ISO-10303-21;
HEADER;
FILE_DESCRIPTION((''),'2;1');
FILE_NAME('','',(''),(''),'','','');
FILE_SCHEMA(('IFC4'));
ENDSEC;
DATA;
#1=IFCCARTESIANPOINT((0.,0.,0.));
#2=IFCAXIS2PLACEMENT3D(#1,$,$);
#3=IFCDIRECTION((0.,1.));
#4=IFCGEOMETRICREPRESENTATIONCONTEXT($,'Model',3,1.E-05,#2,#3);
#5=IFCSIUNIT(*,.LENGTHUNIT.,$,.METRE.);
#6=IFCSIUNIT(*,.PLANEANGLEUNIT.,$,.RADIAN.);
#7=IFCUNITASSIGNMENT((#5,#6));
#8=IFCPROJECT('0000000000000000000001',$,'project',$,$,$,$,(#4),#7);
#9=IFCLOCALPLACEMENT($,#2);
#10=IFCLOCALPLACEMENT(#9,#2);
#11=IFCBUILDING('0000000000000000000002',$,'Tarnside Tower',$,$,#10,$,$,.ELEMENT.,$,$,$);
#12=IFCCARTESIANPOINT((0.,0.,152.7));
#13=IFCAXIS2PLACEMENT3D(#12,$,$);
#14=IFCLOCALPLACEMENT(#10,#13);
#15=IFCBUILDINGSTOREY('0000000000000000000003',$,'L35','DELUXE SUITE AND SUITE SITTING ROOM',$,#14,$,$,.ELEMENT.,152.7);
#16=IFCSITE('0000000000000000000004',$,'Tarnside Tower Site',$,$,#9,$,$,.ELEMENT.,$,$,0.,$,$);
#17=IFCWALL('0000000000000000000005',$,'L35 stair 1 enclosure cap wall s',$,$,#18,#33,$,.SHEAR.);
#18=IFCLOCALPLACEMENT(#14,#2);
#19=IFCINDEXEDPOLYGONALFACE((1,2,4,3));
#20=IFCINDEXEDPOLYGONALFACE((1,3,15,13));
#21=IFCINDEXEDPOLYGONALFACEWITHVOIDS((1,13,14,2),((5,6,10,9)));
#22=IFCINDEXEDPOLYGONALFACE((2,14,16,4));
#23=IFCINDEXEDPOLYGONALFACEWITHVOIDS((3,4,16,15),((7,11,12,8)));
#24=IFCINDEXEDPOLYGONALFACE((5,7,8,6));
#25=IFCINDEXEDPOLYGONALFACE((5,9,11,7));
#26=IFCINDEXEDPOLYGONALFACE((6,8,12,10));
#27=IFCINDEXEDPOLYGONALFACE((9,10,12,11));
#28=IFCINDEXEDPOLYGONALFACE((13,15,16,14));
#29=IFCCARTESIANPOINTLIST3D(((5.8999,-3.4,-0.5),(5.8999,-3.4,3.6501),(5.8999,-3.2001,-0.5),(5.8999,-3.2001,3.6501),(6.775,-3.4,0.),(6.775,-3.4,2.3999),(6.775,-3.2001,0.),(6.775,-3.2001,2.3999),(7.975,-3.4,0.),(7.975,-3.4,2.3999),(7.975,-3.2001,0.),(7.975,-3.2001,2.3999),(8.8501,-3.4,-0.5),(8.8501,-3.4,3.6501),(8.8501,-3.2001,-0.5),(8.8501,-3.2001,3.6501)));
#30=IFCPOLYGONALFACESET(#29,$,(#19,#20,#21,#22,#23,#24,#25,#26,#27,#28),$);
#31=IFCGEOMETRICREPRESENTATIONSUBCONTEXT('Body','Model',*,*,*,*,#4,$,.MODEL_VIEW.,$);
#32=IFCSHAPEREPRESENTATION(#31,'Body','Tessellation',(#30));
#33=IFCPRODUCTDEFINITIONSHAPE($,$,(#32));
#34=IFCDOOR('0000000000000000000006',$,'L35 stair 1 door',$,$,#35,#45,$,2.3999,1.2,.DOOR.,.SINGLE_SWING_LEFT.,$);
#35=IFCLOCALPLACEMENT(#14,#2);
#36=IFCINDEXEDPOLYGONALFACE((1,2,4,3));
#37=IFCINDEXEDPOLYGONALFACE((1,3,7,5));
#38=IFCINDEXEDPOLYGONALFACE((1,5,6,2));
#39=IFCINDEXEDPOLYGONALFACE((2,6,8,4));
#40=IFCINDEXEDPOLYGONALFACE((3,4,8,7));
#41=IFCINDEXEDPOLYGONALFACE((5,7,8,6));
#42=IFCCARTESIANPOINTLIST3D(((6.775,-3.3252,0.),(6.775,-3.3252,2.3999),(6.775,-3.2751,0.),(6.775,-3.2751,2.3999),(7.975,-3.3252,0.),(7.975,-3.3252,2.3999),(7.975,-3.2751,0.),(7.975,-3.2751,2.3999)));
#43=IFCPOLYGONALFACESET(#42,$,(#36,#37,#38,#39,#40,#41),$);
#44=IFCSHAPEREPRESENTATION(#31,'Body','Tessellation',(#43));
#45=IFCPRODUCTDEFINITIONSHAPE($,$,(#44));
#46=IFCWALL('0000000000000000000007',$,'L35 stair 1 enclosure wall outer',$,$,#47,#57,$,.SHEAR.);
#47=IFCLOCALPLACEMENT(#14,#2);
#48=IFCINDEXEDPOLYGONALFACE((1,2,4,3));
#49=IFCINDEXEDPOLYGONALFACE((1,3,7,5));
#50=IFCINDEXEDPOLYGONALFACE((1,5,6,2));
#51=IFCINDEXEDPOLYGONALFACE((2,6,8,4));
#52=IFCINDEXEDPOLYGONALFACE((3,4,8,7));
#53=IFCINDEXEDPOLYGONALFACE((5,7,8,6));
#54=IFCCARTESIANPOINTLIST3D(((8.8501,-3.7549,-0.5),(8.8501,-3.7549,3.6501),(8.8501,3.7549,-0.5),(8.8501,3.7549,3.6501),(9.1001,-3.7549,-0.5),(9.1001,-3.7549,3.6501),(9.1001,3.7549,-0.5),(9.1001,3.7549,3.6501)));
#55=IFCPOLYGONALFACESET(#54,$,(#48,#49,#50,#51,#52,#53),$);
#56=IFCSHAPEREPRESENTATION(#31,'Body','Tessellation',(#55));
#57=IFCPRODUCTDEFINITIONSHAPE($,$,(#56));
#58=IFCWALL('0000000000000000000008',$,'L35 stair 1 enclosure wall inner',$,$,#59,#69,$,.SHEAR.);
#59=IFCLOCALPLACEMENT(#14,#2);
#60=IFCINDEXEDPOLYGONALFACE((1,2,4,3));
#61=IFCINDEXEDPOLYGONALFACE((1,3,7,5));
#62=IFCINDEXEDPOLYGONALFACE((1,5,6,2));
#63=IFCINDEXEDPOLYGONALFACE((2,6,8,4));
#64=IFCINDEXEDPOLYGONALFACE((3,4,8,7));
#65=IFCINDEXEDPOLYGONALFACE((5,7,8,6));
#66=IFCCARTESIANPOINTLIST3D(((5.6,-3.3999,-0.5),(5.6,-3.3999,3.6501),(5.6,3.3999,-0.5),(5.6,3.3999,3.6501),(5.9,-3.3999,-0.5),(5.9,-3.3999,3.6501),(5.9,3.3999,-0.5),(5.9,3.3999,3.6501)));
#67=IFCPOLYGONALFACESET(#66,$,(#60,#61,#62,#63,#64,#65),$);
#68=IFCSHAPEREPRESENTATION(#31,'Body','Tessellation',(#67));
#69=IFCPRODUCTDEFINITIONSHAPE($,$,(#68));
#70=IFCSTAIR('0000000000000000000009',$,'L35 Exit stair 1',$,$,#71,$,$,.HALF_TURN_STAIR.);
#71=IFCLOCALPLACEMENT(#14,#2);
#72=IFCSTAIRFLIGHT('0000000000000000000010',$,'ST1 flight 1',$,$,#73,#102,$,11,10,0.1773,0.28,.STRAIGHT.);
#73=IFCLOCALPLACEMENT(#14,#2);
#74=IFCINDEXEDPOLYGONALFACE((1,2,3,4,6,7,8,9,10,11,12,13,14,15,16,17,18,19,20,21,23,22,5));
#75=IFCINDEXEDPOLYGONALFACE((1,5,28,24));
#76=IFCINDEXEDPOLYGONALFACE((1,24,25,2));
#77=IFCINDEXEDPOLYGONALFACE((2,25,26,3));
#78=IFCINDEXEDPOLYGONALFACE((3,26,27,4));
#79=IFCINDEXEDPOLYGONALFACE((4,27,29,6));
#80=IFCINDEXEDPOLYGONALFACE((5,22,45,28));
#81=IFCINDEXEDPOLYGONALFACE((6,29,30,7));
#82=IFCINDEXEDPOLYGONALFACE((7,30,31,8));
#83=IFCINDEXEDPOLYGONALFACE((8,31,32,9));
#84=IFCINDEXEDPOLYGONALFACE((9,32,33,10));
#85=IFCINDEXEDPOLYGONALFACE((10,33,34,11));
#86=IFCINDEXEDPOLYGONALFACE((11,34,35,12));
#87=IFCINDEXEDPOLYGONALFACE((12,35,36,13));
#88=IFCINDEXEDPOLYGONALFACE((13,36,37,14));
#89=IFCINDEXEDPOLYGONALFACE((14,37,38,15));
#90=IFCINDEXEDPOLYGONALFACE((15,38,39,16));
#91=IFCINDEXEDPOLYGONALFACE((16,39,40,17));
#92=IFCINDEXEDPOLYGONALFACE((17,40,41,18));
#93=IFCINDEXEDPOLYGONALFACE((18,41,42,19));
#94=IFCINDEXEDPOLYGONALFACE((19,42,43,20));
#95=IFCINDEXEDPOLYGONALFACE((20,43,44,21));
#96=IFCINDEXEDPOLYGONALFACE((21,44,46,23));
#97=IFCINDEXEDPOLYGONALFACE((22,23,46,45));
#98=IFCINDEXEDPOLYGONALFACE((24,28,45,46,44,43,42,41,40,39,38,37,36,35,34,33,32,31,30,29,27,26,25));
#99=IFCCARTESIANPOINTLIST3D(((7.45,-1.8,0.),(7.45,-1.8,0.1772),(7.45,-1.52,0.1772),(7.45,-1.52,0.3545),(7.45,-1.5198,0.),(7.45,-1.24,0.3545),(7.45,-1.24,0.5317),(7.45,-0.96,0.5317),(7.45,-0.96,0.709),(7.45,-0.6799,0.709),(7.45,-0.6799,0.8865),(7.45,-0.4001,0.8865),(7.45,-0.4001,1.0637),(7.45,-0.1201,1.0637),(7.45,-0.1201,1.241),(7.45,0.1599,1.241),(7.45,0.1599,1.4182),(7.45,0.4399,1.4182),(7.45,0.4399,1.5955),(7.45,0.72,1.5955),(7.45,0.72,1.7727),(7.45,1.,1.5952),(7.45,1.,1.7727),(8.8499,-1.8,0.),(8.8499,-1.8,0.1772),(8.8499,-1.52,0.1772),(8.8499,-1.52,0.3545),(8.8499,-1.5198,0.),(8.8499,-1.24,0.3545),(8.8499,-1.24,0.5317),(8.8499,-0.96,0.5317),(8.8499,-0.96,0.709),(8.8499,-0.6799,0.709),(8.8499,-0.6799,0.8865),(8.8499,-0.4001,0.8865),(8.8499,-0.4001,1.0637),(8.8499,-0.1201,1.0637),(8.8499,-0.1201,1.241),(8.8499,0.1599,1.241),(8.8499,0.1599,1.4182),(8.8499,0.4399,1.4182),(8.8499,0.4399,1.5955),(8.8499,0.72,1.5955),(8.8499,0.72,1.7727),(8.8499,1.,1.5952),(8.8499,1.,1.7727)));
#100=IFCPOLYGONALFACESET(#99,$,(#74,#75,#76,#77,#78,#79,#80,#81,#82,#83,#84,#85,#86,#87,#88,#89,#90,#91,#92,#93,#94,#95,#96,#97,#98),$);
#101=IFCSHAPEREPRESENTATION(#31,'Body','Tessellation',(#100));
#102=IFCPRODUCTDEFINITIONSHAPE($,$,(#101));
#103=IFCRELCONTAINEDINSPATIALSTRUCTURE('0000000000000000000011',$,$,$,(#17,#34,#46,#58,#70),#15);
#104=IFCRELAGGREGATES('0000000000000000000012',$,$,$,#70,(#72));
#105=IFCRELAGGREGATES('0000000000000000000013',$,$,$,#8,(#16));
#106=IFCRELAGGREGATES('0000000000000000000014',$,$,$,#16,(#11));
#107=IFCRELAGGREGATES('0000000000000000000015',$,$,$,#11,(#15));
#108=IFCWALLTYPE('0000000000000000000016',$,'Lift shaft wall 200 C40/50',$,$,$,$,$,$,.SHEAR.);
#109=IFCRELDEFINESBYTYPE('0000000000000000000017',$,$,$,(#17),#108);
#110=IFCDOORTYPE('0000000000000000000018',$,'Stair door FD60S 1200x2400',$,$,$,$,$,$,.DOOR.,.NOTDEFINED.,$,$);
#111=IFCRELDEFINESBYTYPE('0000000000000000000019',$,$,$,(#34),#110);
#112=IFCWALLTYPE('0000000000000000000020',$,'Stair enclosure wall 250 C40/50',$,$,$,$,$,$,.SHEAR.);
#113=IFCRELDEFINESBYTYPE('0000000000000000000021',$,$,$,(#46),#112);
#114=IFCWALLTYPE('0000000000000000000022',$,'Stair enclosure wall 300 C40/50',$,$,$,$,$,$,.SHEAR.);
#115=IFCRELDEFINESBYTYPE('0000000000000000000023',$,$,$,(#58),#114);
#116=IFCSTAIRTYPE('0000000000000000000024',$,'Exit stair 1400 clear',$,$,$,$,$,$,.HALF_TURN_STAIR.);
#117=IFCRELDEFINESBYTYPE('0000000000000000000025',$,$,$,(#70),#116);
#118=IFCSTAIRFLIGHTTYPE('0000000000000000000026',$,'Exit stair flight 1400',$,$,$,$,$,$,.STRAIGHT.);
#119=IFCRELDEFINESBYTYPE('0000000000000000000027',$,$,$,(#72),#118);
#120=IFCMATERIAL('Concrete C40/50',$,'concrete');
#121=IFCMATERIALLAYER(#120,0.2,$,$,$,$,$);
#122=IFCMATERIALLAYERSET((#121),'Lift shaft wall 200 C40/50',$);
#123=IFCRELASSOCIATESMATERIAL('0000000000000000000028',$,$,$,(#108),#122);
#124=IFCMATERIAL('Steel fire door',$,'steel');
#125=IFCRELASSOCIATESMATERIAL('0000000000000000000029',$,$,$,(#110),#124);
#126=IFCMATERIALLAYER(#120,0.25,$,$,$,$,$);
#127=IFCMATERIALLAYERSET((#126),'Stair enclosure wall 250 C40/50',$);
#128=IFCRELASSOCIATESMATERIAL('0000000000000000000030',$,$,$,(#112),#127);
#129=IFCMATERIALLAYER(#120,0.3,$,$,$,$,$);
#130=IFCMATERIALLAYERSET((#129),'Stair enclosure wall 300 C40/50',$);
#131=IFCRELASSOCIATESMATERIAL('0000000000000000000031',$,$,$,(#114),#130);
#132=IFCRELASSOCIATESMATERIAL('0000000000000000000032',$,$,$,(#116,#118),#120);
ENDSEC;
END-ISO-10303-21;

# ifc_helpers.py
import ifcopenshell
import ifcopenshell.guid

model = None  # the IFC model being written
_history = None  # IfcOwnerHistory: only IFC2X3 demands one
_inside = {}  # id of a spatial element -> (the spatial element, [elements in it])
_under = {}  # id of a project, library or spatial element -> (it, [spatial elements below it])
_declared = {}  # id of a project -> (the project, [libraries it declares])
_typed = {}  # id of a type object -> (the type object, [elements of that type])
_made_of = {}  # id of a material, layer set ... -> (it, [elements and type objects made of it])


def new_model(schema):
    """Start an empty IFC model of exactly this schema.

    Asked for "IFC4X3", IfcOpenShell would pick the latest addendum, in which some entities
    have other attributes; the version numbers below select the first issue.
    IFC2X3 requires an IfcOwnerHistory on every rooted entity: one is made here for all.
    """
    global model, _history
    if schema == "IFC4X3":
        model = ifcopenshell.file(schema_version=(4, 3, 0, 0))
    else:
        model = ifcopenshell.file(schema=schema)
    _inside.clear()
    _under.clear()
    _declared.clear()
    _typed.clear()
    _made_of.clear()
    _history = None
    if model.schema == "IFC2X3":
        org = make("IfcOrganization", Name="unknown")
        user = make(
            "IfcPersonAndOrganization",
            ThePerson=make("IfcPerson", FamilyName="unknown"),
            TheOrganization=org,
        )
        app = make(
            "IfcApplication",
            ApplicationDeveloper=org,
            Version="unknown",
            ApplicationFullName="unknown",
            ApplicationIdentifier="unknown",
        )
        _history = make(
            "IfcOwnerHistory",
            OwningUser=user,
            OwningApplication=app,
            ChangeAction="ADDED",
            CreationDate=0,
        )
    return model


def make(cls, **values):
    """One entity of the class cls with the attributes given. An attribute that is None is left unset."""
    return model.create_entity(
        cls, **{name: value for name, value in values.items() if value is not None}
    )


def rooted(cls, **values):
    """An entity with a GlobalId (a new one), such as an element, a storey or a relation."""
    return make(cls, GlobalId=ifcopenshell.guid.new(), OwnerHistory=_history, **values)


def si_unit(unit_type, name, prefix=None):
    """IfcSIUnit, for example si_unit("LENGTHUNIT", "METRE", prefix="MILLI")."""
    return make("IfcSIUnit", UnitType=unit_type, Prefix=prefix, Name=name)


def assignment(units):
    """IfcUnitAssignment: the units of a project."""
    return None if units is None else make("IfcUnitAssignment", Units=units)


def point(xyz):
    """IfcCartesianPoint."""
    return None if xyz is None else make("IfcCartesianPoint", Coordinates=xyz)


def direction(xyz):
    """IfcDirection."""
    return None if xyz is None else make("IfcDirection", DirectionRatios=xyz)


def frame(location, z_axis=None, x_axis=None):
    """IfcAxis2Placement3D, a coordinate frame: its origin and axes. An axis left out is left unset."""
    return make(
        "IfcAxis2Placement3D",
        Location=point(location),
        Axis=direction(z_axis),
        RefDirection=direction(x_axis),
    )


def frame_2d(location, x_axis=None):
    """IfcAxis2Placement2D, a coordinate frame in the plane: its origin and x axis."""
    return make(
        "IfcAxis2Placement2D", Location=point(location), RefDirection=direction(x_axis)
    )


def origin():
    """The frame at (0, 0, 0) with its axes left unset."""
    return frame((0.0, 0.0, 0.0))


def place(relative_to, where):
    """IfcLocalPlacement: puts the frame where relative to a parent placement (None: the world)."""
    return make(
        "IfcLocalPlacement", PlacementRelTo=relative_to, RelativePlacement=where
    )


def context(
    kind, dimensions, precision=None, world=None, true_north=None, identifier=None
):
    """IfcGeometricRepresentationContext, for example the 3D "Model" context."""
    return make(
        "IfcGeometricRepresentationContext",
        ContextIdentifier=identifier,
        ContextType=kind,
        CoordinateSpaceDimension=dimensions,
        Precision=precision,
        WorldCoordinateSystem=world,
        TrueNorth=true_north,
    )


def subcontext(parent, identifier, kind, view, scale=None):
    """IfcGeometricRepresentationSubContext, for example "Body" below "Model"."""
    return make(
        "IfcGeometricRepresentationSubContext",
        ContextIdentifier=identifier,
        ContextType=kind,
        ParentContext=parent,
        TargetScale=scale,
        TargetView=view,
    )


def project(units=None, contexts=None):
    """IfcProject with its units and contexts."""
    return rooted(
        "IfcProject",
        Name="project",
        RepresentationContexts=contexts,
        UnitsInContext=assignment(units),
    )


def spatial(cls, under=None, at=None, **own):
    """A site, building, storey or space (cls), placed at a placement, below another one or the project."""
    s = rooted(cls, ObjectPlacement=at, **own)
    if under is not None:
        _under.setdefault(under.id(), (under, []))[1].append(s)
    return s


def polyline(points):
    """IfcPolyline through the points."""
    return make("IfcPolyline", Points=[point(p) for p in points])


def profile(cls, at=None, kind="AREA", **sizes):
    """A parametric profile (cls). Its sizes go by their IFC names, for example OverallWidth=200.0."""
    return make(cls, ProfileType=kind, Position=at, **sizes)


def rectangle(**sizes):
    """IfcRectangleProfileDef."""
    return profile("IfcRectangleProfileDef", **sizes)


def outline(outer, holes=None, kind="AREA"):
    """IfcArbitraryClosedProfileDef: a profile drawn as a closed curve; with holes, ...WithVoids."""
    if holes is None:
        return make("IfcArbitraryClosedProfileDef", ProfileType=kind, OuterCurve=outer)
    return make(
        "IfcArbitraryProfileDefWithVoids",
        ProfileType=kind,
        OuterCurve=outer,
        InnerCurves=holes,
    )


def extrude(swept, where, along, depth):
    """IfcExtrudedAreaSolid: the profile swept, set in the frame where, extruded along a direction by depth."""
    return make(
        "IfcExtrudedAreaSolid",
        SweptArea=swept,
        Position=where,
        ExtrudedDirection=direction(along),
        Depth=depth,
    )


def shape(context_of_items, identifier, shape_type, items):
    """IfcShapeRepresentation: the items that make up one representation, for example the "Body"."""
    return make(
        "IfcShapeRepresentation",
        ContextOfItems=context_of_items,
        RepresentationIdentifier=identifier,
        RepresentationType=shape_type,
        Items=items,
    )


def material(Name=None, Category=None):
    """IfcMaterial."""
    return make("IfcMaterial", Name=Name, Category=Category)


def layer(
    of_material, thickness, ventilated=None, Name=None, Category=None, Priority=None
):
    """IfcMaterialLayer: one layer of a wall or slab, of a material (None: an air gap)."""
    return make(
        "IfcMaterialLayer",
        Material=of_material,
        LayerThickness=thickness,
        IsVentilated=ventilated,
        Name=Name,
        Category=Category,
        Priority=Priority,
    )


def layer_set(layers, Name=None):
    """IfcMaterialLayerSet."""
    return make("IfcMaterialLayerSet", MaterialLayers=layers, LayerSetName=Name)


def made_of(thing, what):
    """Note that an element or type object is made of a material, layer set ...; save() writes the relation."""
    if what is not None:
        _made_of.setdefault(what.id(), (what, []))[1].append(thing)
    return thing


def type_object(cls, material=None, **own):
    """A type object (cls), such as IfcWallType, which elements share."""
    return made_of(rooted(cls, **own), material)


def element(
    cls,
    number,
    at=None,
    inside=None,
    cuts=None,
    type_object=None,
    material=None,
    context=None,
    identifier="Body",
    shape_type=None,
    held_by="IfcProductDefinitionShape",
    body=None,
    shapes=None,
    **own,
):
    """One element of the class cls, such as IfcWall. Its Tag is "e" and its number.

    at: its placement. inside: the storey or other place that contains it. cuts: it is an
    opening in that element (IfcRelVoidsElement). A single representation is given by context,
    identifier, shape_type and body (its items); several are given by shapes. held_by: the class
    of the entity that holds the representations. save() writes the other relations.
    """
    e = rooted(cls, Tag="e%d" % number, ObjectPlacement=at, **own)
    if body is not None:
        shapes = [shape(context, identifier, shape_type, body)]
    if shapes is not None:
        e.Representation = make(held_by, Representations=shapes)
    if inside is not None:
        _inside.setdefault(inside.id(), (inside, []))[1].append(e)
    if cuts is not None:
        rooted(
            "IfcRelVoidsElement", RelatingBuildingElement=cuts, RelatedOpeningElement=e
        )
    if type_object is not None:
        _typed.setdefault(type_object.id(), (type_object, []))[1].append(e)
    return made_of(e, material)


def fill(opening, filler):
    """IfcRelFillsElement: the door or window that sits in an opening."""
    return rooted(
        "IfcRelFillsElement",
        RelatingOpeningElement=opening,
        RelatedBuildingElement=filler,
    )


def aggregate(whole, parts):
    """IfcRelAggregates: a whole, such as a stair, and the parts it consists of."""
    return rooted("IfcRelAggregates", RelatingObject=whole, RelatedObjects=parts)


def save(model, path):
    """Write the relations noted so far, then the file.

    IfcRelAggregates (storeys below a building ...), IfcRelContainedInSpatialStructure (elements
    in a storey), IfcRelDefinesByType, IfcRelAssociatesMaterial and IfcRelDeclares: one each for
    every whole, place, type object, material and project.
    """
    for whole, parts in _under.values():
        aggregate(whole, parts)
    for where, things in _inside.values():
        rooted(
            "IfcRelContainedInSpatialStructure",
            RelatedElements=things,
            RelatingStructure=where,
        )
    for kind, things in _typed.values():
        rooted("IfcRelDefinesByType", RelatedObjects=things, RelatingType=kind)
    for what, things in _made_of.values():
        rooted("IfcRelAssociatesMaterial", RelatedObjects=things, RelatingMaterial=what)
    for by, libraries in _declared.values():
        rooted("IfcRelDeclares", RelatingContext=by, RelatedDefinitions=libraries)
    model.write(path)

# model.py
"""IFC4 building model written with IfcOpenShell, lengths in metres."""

from ifc_helpers import new_model, si_unit, direction, frame, frame_2d, origin, place, context, subcontext, project, spatial, polyline, rectangle, outline, extrude, material, layer, layer_set, type_object, element, fill, aggregate, save


model = new_model("IFC4")

# Units and contexts
model_context = context("Model", 3, precision=1e-05, world=origin(), true_north=direction((0.0, 1.0)))
body_context = subcontext(model_context, "Body", "Model", "MODEL_VIEW")
ifc_project = project(units=[si_unit("LENGTHUNIT", "METRE"), si_unit("PLANEANGLEUNIT", "RADIAN")], contexts=[model_context])

# Site, building, storey
site_placement = place(None, origin())
site = spatial("IfcSite", under=ifc_project, at=site_placement, Name="Tarnside Tower Site", CompositionType="ELEMENT", RefElevation=0.0)
building_placement = place(site_placement, origin())
building = spatial("IfcBuilding", under=site, at=building_placement, Name="Tarnside Tower", CompositionType="ELEMENT")
storey_placement = place(building_placement, frame((0.0, 0.0, 152.7)))
storey = spatial("IfcBuildingStorey", under=building, at=storey_placement, Name="L35", Description="DELUXE SUITE AND SUITE SITTING ROOM", CompositionType="ELEMENT", Elevation=152.7)

# Shared definitions
ifc_material_1 = material(Name="Steel fire door", Category="steel")
ifc_material_2 = material(Name="Concrete C40/50", Category="concrete")

# Shared definitions
ifc_layer_1 = layer(ifc_material_2, 0.2)
ifc_layer_set_1 = layer_set([ifc_layer_1], Name="Lift shaft wall 200 C40/50")
wall_type_1 = type_object("IfcWallType", Name="Lift shaft wall 200 C40/50", PredefinedType="SHEAR", material=ifc_layer_set_1)

# Wall, opening, door
wall_1_placement = place(storey_placement, frame((5.8999, -3.3, -0.5), z_axis=(0.0, 0.0, 1.0), x_axis=(1.0, 0.0, 0.0)))
wall_1 = element("IfcWall", 1, at=wall_1_placement, inside=storey, type_object=wall_type_1, Name="L35 stair 1 enclosure cap wall s", PredefinedType="SHEAR", context=body_context, shape_type="SweptSolid", body=[
    extrude(rectangle(XDim=2.9502, YDim=0.2, at=frame_2d((1.4751, 0.0))), origin(), (0.0, 0.0, 1.0), 4.1501),
])
opening_1_placement = place(wall_1_placement, frame((0.875, 0.0, 0.5)))
opening_1 = element("IfcOpeningElement", 2, at=opening_1_placement, cuts=wall_1, PredefinedType="OPENING", context=body_context, shape_type="SweptSolid", body=[
    extrude(rectangle(XDim=1.2, YDim=2.3999, at=frame_2d((0.6001, 1.2))), frame((0.0, 0.1099, 0.0), z_axis=(0.0, -1.0, 0.0), x_axis=(1.0, 0.0, 0.0)), (0.0, 0.0, 1.0), 0.22),
])
door_type_1 = type_object("IfcDoorType", Name="Stair door FD60S 1200x2400", OperationType="NOTDEFINED", PredefinedType="DOOR", material=ifc_material_1)
door_1_placement = place(opening_1_placement, origin())
door_1 = element("IfcDoor", 3, at=door_1_placement, inside=storey, type_object=door_type_1, Name="L35 stair 1 door", OperationType="SINGLE_SWING_LEFT", OverallHeight=2.3999, OverallWidth=1.2, PredefinedType="DOOR", context=body_context, shape_type="SweptSolid", body=[
    extrude(rectangle(XDim=1.2, YDim=2.3999, at=frame_2d((0.6001, 1.2))), frame((0.0, 0.0249, 0.0), z_axis=(0.0, -1.0, 0.0), x_axis=(1.0, 0.0, 0.0)), (0.0, 0.0, 1.0), 0.05),
])
fill(opening_1, door_1)

# Walls
ifc_layer_2 = layer(ifc_material_2, 0.25)
ifc_layer_set_2 = layer_set([ifc_layer_2], Name="Stair enclosure wall 250 C40/50")
wall_type_2 = type_object("IfcWallType", Name="Stair enclosure wall 250 C40/50", PredefinedType="SHEAR", material=ifc_layer_set_2)
wall_2_placement = place(storey_placement, frame((8.9751, -3.7549, -0.5), z_axis=(0.0, 0.0, 1.0), x_axis=(0.0, 1.0, 0.0)))
element("IfcWall", 4, at=wall_2_placement, inside=storey, type_object=wall_type_2, Name="L35 stair 1 enclosure wall outer", PredefinedType="SHEAR", context=body_context, shape_type="SweptSolid", body=[
    extrude(rectangle(XDim=7.5098, YDim=0.25, at=frame_2d((3.7549, 0.0))), origin(), (0.0, 0.0, 1.0), 4.1501),
])
ifc_layer_3 = layer(ifc_material_2, 0.3)
ifc_layer_set_3 = layer_set([ifc_layer_3], Name="Stair enclosure wall 300 C40/50")
wall_type_3 = type_object("IfcWallType", Name="Stair enclosure wall 300 C40/50", PredefinedType="SHEAR", material=ifc_layer_set_3)
wall_3_placement = place(storey_placement, frame((5.75, -3.3999, -0.5), z_axis=(0.0, 0.0, 1.0), x_axis=(0.0, 1.0, 0.0)))
element("IfcWall", 5, at=wall_3_placement, inside=storey, type_object=wall_type_3, Name="L35 stair 1 enclosure wall inner", PredefinedType="SHEAR", context=body_context, shape_type="SweptSolid", body=[
    extrude(rectangle(XDim=6.7998, YDim=0.3, at=frame_2d((3.3999, 0.0))), origin(), (0.0, 0.0, 1.0), 4.1501),
])

# Stair, stair flight
stair_type = type_object("IfcStairType", Name="Exit stair 1400 clear", PredefinedType="HALF_TURN_STAIR", material=ifc_material_2)
stair_placement = place(storey_placement, origin())
stair = element("IfcStair", 6, at=stair_placement, inside=storey, type_object=stair_type, Name="L35 Exit stair 1", PredefinedType="HALF_TURN_STAIR")
stair_flight_type = type_object("IfcStairFlightType", Name="Exit stair flight 1400", PredefinedType="STRAIGHT", material=ifc_material_2)
stair_flight_placement = place(storey_placement, frame((8.1499, -1.8, 0.0), z_axis=(0.0, 0.0, 1.0), x_axis=(0.0, 1.0, 0.0)))
stair_flight = element("IfcStairFlight", 7, at=stair_flight_placement, type_object=stair_flight_type, Name="ST1 flight 1", NumberOfRisers=11, NumberOfTreads=10, PredefinedType="STRAIGHT", RiserHeight=0.1773, TreadLength=0.28, context=body_context, shape_type="SweptSolid", body=[
    extrude(outline(polyline([(0.0, 0.0), (0.0, 0.1772), (0.28, 0.1772), (0.28, 0.3545), (0.5601, 0.3545), (0.5601, 0.5317), (0.8401, 0.5317), (0.8401, 0.709), (1.1201, 0.709), (1.1201, 0.8865), (1.3999, 0.8865), (1.3999, 1.0637), (1.6799, 1.0637), (1.6799, 1.241), (1.96, 1.241), (1.96, 1.4182), (2.24, 1.4182), (2.24, 1.5955), (2.52, 1.5955), (2.52, 1.7727), (2.8, 1.7727), (2.8, 1.95), (2.8, 1.5952), (0.2803, 0.0), (0.0, 0.0)])), frame((0.0, 0.7, 0.0), z_axis=(0.0, -1.0, 0.0), x_axis=(1.0, 0.0, 0.0)), (0.0, 0.0, 1.0), 1.3999),
])
aggregate(stair, [stair_flight])

save(model, "model.ifc")
